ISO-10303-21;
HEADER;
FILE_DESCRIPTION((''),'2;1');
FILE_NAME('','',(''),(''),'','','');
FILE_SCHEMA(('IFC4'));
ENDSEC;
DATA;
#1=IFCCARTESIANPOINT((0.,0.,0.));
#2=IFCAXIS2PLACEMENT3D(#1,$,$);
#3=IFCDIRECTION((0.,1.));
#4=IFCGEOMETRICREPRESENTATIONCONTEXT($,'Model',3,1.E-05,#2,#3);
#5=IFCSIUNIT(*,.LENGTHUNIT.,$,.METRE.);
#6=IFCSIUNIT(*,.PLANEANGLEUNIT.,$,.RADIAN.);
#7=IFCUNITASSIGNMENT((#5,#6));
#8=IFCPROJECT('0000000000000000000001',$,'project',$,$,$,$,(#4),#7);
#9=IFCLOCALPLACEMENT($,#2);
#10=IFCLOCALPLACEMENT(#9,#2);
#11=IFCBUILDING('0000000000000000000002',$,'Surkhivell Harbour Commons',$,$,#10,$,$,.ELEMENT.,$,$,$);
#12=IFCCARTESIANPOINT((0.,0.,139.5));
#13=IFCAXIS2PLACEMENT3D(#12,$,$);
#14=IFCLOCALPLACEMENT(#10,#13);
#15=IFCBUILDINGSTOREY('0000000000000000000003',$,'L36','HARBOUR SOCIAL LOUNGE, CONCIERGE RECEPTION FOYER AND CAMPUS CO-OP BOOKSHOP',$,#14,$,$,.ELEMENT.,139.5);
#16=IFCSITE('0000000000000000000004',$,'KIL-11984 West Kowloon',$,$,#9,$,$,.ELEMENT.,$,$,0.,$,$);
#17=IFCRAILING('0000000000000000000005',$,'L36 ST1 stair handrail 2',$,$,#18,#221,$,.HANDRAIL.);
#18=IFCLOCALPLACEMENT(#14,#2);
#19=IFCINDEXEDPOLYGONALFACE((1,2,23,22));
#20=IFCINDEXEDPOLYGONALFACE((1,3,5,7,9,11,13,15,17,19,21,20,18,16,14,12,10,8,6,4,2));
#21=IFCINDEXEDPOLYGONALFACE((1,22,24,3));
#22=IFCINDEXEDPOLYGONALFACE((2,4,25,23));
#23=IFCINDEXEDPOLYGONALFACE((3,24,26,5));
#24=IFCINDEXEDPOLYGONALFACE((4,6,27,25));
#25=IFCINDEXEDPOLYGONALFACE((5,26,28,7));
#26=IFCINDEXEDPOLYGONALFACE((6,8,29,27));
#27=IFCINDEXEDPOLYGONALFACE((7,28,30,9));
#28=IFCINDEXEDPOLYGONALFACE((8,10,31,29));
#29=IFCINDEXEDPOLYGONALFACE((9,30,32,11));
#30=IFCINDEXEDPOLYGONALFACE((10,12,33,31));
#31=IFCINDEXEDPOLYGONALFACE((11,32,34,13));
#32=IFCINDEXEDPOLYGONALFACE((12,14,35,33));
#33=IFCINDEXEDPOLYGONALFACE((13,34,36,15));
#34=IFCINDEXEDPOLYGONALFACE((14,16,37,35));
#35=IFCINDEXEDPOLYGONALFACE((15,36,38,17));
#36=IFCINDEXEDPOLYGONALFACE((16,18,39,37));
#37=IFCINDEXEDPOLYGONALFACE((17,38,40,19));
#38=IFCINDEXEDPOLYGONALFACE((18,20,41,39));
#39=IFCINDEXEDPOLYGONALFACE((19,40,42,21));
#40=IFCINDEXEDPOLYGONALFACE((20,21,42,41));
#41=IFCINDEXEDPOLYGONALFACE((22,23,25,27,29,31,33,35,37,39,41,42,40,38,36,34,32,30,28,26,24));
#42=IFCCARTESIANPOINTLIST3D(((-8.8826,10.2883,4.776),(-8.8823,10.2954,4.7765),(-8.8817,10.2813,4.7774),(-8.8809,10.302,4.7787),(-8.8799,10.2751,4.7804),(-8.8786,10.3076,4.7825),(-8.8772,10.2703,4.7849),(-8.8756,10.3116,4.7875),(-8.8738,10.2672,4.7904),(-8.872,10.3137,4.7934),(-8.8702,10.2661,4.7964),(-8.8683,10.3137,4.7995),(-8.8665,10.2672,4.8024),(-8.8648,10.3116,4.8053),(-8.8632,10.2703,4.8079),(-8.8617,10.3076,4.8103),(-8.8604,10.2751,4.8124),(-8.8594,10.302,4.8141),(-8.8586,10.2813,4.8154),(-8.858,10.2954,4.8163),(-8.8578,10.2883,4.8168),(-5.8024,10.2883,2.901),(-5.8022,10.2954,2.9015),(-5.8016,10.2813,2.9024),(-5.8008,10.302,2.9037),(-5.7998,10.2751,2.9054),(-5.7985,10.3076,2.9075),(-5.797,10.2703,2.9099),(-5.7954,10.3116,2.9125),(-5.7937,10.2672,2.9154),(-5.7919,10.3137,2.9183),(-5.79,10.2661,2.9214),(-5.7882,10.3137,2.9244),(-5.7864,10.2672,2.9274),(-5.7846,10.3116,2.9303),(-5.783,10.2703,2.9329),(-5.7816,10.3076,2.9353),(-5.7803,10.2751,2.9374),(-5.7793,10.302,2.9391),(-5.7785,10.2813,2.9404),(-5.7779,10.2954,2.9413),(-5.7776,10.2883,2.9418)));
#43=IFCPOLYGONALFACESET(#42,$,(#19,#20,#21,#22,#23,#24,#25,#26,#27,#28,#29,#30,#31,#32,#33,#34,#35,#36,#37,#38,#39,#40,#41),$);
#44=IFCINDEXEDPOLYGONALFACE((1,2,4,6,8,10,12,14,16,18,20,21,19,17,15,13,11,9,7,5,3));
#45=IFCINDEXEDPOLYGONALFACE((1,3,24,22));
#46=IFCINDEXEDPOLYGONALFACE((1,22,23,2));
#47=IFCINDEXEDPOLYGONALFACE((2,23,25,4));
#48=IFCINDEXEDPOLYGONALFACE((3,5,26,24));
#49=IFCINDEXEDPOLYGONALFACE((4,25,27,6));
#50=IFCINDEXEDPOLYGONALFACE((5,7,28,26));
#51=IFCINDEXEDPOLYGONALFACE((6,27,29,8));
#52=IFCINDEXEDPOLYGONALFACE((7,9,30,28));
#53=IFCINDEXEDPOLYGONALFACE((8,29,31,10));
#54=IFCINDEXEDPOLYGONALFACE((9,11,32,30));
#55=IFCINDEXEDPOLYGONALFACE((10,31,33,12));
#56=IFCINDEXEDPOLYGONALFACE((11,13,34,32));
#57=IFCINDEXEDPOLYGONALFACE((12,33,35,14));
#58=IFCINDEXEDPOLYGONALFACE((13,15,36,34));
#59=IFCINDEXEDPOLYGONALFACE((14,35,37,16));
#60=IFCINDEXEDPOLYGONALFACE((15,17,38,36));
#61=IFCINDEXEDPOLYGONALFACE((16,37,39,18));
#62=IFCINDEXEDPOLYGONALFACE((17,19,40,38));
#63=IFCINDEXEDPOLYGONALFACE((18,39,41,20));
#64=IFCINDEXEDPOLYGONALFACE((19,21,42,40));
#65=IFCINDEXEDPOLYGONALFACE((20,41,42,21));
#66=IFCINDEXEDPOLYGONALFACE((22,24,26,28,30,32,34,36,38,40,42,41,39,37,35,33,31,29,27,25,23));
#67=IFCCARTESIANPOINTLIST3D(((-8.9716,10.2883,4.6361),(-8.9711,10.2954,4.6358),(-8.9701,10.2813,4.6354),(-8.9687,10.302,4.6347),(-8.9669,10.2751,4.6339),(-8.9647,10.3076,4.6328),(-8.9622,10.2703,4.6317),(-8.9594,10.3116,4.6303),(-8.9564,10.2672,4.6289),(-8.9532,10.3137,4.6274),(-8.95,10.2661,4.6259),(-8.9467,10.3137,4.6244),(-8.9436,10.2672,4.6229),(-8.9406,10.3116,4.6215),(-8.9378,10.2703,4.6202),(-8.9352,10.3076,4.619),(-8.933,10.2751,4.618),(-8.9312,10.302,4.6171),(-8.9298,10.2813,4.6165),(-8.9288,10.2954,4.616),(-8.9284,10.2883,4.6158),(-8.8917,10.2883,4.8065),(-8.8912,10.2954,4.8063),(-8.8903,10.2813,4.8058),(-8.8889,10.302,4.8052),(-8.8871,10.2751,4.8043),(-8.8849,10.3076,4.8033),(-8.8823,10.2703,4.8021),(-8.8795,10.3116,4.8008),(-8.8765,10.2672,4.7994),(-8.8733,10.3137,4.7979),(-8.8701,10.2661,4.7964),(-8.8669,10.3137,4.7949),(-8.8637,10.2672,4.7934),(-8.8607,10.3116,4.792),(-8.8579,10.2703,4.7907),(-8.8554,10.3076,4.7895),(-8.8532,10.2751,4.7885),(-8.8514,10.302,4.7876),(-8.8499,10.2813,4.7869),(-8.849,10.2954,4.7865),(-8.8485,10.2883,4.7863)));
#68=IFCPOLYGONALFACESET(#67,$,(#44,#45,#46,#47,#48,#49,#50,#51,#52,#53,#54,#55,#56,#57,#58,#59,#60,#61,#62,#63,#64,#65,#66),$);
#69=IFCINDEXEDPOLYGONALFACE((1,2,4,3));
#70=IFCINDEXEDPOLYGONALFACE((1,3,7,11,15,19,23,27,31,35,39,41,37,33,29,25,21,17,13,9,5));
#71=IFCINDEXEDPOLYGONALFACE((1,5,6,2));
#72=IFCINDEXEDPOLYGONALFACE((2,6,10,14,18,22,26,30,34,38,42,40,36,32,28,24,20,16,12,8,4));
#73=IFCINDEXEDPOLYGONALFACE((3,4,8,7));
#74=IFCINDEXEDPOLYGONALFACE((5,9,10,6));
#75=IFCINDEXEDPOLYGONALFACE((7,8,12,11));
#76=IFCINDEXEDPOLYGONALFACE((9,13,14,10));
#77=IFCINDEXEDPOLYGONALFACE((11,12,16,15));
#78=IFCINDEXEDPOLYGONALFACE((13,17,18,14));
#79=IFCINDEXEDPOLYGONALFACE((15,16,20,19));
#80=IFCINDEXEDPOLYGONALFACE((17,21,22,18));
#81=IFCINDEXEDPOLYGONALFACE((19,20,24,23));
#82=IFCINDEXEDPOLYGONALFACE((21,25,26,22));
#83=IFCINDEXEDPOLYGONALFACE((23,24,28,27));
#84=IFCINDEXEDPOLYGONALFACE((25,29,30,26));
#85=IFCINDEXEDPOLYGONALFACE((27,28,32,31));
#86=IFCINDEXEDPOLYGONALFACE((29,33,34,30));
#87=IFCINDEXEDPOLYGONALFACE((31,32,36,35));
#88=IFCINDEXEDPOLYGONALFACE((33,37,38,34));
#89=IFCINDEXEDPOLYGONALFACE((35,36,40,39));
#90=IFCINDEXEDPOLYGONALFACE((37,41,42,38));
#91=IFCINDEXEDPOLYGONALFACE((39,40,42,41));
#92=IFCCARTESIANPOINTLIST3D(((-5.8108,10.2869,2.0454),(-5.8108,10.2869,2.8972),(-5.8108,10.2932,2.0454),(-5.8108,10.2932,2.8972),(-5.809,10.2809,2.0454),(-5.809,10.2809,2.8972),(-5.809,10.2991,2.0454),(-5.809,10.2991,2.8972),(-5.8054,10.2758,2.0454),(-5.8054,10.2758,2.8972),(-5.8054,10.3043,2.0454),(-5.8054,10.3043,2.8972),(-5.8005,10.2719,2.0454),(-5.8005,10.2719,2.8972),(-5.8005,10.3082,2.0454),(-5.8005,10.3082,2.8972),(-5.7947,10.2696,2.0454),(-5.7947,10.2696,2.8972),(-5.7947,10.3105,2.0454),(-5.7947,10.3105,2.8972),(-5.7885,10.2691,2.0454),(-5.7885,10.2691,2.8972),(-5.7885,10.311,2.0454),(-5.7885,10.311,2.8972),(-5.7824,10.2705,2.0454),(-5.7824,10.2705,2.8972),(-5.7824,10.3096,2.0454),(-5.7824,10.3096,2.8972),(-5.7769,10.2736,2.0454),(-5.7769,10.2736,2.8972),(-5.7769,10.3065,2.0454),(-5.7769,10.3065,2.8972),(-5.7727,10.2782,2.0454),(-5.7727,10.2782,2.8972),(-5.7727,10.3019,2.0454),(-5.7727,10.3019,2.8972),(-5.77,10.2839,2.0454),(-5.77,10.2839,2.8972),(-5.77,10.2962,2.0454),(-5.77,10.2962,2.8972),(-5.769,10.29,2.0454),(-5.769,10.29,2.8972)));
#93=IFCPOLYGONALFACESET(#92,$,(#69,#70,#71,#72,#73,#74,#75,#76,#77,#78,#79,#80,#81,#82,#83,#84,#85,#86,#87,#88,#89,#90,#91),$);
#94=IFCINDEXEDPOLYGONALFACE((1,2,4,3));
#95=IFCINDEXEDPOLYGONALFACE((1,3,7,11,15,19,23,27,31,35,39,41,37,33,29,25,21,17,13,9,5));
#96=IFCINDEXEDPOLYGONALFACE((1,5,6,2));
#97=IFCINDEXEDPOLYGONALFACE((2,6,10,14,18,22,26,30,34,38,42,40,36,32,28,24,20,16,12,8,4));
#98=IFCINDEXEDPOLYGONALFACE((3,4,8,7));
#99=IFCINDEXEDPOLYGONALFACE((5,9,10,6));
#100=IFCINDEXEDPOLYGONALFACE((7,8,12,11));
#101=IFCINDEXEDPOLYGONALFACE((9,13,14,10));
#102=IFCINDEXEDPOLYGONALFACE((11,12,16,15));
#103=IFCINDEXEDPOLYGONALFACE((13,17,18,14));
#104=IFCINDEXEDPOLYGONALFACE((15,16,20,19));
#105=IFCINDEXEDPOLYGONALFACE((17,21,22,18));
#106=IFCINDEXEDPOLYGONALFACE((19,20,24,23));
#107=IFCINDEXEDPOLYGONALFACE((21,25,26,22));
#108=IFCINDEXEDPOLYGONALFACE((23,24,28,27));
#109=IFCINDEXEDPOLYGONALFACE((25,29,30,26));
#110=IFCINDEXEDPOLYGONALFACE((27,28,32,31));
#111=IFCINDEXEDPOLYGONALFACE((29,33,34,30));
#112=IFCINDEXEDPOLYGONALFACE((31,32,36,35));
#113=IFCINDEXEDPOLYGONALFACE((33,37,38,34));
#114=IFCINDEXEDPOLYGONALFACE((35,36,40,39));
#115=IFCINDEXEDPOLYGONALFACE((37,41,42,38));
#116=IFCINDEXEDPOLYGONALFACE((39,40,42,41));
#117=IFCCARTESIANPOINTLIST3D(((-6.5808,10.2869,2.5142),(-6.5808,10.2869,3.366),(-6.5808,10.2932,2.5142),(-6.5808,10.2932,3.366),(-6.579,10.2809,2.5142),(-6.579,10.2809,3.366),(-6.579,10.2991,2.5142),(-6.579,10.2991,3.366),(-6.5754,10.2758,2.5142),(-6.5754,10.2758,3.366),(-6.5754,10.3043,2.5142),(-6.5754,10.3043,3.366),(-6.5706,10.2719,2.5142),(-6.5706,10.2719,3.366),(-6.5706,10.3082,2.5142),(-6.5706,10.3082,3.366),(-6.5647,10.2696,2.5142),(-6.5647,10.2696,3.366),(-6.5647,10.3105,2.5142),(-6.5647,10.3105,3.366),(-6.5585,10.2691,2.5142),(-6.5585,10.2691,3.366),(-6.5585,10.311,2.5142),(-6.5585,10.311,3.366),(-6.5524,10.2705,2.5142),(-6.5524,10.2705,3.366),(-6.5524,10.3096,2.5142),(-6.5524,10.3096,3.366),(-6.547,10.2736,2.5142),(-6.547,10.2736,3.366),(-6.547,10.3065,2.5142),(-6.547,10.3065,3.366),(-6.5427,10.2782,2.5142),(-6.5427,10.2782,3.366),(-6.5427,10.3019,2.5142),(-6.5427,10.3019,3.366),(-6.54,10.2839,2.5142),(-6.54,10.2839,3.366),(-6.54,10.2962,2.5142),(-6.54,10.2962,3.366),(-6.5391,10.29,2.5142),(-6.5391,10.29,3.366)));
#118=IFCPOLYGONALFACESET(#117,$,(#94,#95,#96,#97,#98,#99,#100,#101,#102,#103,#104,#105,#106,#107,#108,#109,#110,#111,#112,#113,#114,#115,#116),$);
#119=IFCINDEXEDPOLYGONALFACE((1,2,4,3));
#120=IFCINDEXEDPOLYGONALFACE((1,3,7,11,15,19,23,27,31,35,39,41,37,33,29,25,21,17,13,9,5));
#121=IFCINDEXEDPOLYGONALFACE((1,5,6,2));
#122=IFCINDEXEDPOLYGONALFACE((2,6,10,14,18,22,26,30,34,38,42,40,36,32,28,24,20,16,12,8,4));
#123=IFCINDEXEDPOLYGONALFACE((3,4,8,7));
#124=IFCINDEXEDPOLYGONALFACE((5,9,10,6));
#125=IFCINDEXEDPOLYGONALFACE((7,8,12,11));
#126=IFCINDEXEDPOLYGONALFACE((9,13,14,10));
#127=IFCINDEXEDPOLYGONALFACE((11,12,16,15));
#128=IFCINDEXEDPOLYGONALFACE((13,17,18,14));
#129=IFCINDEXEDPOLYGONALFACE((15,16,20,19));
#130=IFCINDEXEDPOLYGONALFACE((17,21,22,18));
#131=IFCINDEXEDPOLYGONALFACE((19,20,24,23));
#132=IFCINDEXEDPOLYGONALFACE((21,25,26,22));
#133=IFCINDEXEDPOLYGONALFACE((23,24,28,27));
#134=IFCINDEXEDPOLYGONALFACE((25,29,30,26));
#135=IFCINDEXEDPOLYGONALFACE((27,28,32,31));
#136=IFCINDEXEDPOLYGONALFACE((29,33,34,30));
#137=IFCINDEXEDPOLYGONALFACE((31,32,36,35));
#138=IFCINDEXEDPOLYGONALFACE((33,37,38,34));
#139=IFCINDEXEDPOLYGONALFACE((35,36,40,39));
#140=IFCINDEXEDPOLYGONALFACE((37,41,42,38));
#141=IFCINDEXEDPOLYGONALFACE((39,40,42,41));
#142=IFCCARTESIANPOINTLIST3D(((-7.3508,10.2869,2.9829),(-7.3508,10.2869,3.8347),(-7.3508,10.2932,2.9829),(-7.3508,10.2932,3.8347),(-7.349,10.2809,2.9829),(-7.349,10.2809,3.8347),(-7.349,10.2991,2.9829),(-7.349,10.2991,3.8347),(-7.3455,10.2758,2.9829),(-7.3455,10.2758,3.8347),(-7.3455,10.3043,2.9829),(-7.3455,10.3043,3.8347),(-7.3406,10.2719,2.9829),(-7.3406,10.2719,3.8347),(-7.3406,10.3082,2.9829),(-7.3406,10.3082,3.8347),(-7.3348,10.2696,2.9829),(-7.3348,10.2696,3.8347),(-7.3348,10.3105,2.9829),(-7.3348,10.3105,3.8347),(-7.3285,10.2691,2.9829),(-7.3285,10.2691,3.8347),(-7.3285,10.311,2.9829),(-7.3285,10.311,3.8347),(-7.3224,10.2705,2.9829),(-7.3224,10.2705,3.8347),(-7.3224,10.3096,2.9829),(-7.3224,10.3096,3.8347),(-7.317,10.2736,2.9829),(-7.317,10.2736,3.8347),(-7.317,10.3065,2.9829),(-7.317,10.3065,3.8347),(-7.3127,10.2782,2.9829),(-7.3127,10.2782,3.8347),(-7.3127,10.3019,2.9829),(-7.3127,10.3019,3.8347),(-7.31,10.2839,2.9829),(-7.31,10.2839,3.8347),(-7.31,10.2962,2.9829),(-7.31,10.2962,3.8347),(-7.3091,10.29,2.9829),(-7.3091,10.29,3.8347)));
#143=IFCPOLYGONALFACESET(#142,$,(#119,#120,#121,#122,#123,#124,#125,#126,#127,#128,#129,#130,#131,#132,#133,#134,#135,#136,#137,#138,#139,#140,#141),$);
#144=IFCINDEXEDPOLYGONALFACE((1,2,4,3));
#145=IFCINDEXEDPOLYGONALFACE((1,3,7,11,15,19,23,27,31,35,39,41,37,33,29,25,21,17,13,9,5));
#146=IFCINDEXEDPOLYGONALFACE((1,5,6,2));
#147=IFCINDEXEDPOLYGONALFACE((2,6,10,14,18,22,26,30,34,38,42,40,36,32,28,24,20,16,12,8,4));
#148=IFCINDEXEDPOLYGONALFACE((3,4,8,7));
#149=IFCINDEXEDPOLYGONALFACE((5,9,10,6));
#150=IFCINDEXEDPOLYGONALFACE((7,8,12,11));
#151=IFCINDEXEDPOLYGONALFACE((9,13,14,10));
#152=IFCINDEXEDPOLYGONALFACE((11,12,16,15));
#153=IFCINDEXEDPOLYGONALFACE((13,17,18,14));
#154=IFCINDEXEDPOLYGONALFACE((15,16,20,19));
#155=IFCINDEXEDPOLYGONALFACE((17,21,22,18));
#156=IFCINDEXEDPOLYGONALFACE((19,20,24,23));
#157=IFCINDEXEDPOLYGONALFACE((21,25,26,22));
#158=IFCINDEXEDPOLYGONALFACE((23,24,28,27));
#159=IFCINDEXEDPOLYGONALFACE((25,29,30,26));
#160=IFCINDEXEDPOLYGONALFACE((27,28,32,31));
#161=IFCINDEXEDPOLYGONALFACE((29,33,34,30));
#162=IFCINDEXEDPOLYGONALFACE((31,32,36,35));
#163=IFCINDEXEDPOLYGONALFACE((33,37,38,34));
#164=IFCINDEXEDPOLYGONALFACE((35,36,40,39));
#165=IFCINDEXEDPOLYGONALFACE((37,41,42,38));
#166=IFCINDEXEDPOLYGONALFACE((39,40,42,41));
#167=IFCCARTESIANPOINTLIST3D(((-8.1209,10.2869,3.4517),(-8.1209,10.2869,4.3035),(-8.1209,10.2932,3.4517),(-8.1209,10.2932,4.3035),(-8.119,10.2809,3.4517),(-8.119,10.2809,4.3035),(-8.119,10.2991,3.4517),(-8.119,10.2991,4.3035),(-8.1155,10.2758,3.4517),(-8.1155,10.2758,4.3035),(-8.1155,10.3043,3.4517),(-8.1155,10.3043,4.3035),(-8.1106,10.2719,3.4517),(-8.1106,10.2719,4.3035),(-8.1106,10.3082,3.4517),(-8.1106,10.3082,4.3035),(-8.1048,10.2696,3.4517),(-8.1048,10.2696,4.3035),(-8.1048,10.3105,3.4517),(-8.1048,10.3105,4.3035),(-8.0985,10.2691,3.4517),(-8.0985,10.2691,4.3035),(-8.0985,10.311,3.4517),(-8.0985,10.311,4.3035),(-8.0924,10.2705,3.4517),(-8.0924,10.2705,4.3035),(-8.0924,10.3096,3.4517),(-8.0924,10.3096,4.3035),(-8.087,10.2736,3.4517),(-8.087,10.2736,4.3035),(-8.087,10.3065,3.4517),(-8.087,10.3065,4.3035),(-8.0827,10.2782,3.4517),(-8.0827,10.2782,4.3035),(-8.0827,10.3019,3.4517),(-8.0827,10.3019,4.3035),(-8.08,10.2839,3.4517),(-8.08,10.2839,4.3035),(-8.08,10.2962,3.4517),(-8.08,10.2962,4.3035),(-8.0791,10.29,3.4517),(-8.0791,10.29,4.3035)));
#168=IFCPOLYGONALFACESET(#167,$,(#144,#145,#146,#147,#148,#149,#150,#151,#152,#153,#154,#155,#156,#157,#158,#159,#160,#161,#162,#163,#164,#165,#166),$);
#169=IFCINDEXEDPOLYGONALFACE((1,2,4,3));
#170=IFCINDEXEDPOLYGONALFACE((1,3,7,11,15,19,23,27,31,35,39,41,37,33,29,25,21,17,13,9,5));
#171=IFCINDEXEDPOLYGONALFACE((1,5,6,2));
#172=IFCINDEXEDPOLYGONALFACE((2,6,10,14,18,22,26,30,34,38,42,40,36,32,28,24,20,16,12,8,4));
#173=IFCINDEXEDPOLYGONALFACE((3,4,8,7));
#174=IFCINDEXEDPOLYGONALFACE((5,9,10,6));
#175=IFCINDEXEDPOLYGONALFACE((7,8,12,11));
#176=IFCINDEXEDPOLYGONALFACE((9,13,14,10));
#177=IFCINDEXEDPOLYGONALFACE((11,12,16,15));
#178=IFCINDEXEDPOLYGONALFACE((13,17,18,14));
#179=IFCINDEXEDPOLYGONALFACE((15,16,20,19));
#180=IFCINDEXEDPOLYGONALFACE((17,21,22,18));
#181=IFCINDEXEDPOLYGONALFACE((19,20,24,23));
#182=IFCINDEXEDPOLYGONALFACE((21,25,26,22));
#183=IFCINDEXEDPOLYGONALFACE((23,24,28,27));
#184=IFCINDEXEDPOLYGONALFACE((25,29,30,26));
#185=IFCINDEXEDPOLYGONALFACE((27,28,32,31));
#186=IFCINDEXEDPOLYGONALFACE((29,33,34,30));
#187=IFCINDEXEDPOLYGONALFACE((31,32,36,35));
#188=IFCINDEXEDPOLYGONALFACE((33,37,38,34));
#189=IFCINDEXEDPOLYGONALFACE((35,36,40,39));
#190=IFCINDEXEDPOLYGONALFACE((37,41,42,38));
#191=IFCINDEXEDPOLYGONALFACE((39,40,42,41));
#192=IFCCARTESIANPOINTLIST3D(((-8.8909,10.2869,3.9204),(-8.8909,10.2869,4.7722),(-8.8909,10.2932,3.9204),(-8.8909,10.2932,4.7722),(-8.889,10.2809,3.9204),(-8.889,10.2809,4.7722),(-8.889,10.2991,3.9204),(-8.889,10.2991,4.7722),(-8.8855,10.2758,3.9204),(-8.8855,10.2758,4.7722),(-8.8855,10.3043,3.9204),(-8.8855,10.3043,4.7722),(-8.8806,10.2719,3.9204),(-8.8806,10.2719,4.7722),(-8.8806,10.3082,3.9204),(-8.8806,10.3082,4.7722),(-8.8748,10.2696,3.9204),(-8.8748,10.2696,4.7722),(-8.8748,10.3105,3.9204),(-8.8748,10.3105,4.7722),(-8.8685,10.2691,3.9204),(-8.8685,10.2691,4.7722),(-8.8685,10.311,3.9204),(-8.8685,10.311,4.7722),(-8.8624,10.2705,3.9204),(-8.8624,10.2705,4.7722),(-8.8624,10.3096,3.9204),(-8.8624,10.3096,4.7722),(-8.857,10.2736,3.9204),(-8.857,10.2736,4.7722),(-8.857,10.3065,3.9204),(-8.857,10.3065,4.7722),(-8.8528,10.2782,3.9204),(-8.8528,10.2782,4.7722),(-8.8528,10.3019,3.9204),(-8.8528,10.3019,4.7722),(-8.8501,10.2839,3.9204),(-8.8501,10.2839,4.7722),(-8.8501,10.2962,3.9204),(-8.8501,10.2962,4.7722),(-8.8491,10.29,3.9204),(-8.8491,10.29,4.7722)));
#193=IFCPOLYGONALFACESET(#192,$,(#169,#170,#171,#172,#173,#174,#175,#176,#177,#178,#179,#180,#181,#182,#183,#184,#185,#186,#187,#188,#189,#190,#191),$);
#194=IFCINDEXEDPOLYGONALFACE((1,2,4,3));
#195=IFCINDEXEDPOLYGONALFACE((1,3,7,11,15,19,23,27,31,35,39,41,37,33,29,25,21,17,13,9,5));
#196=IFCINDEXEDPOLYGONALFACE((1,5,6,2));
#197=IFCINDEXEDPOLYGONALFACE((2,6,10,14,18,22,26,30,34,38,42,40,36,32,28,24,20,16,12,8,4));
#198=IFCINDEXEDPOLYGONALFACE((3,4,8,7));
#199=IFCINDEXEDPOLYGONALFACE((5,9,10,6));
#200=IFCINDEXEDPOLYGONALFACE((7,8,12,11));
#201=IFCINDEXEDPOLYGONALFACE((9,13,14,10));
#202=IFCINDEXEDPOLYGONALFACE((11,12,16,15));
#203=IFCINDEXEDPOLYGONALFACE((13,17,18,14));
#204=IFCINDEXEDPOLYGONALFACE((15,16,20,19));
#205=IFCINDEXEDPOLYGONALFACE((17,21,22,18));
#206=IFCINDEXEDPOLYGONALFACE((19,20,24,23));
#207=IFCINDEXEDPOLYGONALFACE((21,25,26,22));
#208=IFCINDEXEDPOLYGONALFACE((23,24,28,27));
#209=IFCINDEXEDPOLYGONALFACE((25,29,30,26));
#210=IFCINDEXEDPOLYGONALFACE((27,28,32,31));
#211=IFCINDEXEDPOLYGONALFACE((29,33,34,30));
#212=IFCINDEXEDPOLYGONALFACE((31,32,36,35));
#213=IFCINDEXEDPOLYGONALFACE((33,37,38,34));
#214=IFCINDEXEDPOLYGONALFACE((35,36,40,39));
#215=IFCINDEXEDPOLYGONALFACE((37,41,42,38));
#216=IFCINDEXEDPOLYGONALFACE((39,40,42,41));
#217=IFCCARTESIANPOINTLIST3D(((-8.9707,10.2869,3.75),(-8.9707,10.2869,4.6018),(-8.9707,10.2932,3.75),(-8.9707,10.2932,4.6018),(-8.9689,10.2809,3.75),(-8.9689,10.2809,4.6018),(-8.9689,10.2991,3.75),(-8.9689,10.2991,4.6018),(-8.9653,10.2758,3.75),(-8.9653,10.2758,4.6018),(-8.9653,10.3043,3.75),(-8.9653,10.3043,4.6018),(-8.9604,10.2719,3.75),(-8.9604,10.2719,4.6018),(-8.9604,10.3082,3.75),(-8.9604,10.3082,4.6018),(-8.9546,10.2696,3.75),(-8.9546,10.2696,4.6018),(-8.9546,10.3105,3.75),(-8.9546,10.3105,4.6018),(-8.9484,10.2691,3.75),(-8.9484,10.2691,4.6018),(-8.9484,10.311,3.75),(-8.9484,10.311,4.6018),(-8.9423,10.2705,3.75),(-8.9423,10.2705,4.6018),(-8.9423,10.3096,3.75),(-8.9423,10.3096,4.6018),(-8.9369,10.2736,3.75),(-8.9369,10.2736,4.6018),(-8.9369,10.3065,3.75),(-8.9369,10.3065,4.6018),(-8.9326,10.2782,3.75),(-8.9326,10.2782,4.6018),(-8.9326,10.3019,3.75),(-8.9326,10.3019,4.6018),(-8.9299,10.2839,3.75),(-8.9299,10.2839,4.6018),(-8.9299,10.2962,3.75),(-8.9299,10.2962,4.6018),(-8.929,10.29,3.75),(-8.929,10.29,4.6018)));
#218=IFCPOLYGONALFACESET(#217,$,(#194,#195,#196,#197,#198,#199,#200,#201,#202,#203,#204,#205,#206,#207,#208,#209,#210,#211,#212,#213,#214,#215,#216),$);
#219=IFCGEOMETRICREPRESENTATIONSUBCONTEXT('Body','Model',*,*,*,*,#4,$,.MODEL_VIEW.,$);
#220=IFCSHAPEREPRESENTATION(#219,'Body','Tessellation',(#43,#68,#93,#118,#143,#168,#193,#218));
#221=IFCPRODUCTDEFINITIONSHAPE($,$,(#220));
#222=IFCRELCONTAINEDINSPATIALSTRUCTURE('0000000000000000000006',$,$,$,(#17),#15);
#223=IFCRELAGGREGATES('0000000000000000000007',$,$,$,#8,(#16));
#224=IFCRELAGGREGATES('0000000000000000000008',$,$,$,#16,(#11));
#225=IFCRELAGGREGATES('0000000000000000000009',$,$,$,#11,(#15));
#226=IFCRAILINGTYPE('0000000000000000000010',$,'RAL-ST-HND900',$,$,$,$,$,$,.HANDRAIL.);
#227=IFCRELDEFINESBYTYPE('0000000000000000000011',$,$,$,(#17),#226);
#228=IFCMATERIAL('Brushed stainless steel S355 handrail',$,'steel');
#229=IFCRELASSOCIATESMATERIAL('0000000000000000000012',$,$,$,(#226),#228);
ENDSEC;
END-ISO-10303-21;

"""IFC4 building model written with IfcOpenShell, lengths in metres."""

from ifc_helpers import new_model, si_unit, direction, frame, origin, origin_2d, place, context, subcontext, project, spatial, circle, extrude, material, type_object, element, save


model = new_model("IFC4")

# Units and contexts
model_context = context("Model", 3, precision=1e-05, world=origin(), true_north=direction((0.0, 1.0)))
body_context = subcontext(model_context, "Body", "Model", "MODEL_VIEW")
ifc_project = project(units=[si_unit("LENGTHUNIT", "METRE"), si_unit("PLANEANGLEUNIT", "RADIAN")], contexts=[model_context])

# Site, building, storey
site_placement = place(None, origin())
site = spatial("IfcSite", under=ifc_project, at=site_placement, Name="KIL-11984 West Kowloon", CompositionType="ELEMENT", RefElevation=0.0)
building_placement = place(site_placement, origin())
building = spatial("IfcBuilding", under=site, at=building_placement, Name="Surkhivell Harbour Commons", CompositionType="ELEMENT")
storey_placement = place(building_placement, frame((0.0, 0.0, 139.5)))
storey = spatial("IfcBuildingStorey", under=building, at=storey_placement, Name="L36", Description="HARBOUR SOCIAL LOUNGE, CONCIERGE RECEPTION FOYER AND CAMPUS CO-OP BOOKSHOP", CompositionType="ELEMENT", Elevation=139.5)

# Railing
ifc_material_1 = material(Name="Brushed stainless steel S355 handrail", Category="steel")
railing_type_1 = type_object("IfcRailingType", Name="RAL-ST-HND900", PredefinedType="HANDRAIL", material=ifc_material_1)
railing_1_placement = place(storey_placement, frame((-5.79, 10.29, 2.0454)))
element("IfcRailing", 1, at=railing_1_placement, inside=storey, type_object=railing_type_1, Name="L36 ST1 stair handrail 2", PredefinedType="HANDRAIL", context=body_context, shape_type="SweptSolid", body=[
    extrude(circle(Radius=0.0239, at=origin_2d()), frame((0.0, 0.0, 0.876), z_axis=(-0.854178, 0.0, 0.519981), x_axis=(0.0, -1.0, 0.0)), (0.0, 0.0, 1.0), 3.606),
    extrude(circle(Radius=0.0239, at=origin_2d()), frame((-3.0801, 0.0, 2.751), z_axis=(-0.424234, 0.0, -0.905552), x_axis=(0.0, -1.0, 0.0)), (0.0, 0.0, 1.0), 0.1882),
    extrude(circle(Radius=0.021, at=origin_2d()), origin(), (0.0, 0.0, 1.0), 0.8518),
    extrude(circle(Radius=0.021, at=origin_2d()), frame((-0.77, 0.0, 0.4688)), (0.0, 0.0, 1.0), 0.8518),
    extrude(circle(Radius=0.021, at=origin_2d()), frame((-1.54, 0.0, 0.9375)), (0.0, 0.0, 1.0), 0.8518),
    extrude(circle(Radius=0.021, at=origin_2d()), frame((-2.3101, 0.0, 1.4062)), (0.0, 0.0, 1.0), 0.8518),
    extrude(circle(Radius=0.021, at=origin_2d()), frame((-3.0801, 0.0, 1.875)), (0.0, 0.0, 1.0), 0.8518),
    extrude(circle(Radius=0.021, at=origin_2d()), frame((-3.1599, 0.0, 1.7046)), (0.0, 0.0, 1.0), 0.8518),
])

save(model, "model.ifc")
